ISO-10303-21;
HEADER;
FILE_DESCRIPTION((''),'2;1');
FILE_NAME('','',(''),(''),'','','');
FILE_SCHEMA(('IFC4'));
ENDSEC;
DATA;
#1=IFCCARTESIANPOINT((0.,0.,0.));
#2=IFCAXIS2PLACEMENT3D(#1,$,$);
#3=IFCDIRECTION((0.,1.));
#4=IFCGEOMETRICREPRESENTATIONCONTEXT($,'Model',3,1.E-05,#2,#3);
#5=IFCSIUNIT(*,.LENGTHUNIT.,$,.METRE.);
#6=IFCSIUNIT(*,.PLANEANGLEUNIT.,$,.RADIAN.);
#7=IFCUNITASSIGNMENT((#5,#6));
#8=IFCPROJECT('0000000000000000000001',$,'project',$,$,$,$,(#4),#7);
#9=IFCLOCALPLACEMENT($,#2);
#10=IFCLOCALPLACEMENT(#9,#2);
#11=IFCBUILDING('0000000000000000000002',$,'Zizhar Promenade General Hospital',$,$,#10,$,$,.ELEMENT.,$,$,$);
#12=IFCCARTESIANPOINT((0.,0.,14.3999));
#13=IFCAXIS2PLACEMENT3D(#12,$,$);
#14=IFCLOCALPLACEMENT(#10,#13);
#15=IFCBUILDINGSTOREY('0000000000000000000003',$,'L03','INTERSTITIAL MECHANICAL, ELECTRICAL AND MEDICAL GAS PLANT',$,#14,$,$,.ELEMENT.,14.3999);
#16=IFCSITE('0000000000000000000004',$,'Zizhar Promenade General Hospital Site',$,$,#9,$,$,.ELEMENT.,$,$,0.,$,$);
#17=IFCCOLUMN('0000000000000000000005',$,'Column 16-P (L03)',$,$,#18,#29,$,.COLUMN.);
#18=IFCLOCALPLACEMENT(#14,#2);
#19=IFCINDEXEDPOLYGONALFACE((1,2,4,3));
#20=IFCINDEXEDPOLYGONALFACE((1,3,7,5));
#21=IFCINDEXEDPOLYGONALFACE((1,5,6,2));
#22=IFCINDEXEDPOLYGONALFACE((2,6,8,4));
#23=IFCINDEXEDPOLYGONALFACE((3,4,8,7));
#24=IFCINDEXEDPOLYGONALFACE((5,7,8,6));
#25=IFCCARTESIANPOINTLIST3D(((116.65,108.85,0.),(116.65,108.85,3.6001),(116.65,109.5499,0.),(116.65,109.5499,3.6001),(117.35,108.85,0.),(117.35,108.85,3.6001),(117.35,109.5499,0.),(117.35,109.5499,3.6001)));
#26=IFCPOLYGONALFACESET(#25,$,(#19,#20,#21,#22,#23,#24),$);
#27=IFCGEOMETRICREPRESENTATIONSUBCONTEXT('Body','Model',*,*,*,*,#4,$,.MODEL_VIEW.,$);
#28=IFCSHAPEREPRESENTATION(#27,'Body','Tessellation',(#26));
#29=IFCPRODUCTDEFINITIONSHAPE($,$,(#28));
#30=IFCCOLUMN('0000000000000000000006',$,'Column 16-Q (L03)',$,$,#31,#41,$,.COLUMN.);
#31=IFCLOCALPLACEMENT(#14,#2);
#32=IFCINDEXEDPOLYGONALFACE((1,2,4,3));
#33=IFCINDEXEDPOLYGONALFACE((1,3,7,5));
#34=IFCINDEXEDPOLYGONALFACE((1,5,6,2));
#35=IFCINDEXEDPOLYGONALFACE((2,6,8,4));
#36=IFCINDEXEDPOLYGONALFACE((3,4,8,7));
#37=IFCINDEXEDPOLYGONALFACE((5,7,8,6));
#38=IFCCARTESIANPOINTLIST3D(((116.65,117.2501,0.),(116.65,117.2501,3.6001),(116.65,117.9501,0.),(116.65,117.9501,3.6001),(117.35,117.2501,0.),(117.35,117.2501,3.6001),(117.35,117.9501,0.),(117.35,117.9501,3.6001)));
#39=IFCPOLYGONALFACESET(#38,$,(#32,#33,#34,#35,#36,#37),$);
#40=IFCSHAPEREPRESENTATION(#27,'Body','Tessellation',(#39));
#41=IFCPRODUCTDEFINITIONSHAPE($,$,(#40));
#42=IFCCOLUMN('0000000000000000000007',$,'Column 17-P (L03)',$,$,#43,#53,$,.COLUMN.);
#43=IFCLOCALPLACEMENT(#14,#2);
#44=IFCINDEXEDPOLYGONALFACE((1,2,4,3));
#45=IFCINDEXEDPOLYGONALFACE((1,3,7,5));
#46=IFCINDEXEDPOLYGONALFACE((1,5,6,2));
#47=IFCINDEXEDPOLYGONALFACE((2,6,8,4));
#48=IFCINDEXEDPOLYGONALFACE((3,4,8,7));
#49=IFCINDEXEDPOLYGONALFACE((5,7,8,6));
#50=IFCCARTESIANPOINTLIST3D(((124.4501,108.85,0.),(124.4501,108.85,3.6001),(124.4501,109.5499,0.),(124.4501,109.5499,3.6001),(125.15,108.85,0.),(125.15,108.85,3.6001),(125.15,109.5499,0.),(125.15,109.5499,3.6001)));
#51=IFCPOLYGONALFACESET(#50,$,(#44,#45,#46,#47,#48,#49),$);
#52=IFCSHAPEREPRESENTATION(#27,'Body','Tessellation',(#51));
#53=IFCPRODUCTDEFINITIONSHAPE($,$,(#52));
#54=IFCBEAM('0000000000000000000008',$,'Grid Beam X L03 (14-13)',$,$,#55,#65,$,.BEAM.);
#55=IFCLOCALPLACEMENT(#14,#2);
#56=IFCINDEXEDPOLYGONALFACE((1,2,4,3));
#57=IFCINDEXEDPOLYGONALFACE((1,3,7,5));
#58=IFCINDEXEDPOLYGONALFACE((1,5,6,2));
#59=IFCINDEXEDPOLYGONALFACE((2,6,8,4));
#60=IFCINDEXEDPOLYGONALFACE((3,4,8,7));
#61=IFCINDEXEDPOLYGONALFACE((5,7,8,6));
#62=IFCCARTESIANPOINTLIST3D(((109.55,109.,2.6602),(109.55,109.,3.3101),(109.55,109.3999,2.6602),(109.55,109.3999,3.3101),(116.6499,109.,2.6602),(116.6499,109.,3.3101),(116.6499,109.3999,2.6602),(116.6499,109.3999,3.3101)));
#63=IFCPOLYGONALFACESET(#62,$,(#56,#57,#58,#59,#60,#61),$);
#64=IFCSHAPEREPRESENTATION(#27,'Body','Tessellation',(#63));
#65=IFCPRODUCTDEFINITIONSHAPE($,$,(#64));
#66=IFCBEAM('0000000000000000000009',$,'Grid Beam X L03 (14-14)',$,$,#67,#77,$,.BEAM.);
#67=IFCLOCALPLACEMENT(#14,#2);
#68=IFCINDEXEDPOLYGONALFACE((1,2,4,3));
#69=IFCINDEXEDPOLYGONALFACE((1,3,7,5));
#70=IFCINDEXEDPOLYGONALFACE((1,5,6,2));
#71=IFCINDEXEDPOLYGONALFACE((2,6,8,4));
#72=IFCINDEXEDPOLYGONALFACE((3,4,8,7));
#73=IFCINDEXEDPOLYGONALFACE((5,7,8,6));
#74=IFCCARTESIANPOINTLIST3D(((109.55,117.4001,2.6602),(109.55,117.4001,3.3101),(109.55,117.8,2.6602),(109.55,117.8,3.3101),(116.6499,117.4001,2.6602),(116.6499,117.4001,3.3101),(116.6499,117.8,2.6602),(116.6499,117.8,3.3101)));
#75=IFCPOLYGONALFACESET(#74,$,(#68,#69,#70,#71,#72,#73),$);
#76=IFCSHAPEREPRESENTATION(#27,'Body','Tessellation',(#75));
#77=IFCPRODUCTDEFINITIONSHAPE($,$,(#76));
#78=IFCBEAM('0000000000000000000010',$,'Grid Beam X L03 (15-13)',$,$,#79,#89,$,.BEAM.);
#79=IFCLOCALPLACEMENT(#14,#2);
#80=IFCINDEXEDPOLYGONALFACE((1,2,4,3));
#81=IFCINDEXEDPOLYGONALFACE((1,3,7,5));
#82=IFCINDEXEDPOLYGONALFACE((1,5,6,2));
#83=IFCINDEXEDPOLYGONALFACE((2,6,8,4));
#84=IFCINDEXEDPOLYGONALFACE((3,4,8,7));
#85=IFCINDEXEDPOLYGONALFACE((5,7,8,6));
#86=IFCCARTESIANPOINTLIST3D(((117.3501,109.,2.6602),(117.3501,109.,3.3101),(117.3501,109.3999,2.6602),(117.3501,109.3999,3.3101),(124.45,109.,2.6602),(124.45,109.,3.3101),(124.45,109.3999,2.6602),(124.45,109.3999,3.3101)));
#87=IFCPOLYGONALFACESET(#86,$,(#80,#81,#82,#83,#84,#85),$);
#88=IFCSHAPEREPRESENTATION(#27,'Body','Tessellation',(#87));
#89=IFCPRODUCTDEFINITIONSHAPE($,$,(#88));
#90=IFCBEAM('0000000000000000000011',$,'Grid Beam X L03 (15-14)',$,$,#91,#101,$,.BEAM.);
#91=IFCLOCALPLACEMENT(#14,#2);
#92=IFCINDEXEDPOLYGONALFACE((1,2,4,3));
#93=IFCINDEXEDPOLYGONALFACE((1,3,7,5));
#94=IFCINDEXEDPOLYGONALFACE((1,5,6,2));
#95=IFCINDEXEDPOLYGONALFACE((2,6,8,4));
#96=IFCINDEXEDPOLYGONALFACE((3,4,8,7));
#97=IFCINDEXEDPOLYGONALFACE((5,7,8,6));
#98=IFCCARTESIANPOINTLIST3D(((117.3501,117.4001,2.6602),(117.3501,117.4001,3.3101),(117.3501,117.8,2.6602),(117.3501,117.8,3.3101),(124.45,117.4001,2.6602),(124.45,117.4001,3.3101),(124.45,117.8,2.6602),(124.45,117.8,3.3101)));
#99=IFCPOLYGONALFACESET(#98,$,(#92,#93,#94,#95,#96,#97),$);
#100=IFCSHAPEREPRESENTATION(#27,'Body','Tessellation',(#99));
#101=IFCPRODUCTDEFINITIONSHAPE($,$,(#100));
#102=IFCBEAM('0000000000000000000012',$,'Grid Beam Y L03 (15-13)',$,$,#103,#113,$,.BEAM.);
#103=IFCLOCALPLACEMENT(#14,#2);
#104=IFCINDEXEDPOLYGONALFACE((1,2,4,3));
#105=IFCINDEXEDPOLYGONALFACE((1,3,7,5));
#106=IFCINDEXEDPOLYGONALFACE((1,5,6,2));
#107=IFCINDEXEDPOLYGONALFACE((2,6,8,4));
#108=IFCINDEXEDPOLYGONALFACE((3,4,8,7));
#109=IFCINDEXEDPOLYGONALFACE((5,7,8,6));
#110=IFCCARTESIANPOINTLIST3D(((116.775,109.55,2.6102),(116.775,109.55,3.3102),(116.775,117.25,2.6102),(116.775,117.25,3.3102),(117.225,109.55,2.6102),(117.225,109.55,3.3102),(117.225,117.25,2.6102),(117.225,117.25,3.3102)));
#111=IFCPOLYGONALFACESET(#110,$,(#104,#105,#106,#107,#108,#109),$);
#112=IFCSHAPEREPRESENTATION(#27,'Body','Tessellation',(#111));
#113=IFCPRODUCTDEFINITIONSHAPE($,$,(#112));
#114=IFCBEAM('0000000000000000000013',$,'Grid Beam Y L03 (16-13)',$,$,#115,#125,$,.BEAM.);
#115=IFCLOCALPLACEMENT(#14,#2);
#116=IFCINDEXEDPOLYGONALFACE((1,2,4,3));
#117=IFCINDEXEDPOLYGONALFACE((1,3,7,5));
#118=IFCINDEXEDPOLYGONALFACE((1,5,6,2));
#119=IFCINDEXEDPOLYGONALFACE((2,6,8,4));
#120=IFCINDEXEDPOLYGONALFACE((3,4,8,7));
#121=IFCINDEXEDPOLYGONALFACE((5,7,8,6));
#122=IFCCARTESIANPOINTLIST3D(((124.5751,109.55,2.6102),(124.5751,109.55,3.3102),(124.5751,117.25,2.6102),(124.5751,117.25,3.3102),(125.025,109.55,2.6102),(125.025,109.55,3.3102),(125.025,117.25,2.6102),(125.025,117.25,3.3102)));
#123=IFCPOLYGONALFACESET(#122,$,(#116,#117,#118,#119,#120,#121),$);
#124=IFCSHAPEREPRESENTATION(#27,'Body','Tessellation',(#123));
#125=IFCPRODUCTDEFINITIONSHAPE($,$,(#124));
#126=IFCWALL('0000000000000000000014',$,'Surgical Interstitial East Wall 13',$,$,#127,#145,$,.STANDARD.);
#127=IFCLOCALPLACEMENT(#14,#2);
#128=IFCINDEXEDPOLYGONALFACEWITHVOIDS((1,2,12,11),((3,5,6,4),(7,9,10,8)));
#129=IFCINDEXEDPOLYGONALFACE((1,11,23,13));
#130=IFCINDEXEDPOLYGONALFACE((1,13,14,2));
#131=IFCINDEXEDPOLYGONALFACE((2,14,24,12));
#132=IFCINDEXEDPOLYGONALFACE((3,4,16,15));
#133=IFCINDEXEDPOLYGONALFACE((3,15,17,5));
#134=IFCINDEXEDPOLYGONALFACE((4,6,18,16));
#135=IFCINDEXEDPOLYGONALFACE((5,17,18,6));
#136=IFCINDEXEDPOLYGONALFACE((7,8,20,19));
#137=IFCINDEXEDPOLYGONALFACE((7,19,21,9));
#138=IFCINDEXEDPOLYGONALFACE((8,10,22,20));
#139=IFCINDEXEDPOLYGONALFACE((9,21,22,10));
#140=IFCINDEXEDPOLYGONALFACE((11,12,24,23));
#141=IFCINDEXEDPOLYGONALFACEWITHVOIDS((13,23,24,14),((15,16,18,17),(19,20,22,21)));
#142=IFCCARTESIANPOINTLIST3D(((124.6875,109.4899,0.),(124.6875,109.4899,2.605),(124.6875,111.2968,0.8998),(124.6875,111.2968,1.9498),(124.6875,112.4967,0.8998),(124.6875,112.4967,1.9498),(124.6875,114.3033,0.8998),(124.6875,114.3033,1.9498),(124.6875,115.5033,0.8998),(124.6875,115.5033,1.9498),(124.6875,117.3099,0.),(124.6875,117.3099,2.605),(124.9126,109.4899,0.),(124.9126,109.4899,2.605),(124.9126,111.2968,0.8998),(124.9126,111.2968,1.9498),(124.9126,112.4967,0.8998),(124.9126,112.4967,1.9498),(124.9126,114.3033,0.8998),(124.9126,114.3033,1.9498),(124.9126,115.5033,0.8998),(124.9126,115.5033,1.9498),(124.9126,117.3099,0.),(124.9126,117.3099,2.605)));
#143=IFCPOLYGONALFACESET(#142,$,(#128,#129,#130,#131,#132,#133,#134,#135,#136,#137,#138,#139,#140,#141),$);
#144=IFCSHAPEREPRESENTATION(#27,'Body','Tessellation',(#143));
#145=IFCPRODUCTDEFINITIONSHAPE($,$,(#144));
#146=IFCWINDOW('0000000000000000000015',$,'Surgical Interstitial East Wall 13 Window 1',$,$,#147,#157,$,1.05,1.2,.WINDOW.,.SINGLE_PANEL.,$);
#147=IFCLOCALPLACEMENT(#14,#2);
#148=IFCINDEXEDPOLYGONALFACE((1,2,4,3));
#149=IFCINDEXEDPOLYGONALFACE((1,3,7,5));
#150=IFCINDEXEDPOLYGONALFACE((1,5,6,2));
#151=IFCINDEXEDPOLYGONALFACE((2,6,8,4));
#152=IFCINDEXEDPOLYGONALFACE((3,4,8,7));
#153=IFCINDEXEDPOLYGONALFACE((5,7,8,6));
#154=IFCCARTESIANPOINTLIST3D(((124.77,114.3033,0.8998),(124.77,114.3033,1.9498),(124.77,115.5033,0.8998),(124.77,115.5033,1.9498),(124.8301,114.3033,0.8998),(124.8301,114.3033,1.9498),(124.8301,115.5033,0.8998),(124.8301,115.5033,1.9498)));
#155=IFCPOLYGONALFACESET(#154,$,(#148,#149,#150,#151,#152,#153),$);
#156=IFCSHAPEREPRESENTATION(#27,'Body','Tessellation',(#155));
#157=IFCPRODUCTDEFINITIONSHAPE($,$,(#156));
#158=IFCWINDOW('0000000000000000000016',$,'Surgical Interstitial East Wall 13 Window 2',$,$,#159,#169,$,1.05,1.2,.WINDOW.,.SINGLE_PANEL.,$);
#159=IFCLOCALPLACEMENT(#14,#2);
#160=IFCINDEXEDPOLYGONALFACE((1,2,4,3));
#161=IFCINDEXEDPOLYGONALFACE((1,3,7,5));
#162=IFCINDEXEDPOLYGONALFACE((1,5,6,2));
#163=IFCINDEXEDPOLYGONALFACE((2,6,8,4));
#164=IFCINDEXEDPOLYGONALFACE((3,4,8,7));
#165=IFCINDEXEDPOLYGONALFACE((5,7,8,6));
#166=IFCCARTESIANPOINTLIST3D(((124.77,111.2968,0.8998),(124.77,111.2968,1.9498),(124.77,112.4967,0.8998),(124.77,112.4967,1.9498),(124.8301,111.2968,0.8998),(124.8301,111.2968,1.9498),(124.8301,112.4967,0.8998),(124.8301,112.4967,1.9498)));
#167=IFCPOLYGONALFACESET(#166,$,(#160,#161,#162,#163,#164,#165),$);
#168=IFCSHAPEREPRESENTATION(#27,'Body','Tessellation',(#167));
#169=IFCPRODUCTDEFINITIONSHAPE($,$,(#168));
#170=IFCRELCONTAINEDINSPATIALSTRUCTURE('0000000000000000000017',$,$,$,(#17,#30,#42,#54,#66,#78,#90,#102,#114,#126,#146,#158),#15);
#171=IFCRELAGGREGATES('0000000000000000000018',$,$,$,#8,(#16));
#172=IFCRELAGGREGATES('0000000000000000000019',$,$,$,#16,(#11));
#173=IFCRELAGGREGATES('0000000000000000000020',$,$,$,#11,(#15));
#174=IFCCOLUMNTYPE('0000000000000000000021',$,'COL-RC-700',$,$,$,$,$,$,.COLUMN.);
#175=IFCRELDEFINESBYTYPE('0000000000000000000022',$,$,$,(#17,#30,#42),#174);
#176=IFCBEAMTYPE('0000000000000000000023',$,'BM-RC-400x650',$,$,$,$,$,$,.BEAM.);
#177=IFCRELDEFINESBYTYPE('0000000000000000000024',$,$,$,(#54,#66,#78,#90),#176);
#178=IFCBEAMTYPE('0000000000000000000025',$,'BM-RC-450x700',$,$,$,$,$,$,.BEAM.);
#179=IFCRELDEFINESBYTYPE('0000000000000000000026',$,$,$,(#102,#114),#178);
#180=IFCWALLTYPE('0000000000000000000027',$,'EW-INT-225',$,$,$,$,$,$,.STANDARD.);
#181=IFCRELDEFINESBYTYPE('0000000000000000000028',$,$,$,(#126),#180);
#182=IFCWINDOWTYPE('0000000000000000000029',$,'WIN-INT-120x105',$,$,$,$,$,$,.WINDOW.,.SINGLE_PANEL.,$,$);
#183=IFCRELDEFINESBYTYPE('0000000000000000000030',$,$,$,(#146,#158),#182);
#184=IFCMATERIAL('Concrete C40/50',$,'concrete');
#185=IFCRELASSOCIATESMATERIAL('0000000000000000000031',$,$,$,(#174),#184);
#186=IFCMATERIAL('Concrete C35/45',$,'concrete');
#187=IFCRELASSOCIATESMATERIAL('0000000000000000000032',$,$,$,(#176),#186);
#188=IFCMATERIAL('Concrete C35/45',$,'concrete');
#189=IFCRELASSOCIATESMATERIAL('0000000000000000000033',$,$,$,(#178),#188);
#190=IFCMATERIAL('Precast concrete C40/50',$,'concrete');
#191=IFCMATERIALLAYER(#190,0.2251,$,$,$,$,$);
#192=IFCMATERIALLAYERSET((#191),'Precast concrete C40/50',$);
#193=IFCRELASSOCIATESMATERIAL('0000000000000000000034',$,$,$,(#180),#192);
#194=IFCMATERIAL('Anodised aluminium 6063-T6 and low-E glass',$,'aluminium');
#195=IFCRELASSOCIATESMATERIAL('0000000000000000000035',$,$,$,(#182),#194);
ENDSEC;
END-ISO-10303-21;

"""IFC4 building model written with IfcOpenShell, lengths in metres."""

from ifc_helpers import new_model, si_unit, direction, frame, frame_2d, origin, origin_2d, place, context, subcontext, project, spatial, rectangle, extrude, material, layer, layer_set, material_profile, profile_set, type_object, element, fill, save


model = new_model("IFC4")

# Units and contexts
model_context = context("Model", 3, precision=1e-05, world=origin(), true_north=direction((0.0, 1.0)))
body_context = subcontext(model_context, "Body", "Model", "MODEL_VIEW")
ifc_project = project(units=[si_unit("LENGTHUNIT", "METRE"), si_unit("PLANEANGLEUNIT", "RADIAN")], contexts=[model_context])

# Site, building, storey
site_placement = place(None, origin())
site = spatial("IfcSite", under=ifc_project, at=site_placement, Name="Zizhar Promenade General Hospital Site", CompositionType="ELEMENT", RefElevation=0.0)
building_placement = place(site_placement, origin())
building = spatial("IfcBuilding", under=site, at=building_placement, Name="Zizhar Promenade General Hospital", CompositionType="ELEMENT")
storey_placement = place(building_placement, frame((0.0, 0.0, 14.3999)))
storey = spatial("IfcBuildingStorey", under=building, at=storey_placement, Name="L03", Description="INTERSTITIAL MECHANICAL, ELECTRICAL AND MEDICAL GAS PLANT", CompositionType="ELEMENT", Elevation=14.3999)

# Columns
ifc_material_1 = material(Name="Concrete C40/50", Category="concrete")
ifc_material_profile_1 = material_profile(ifc_material_1, rectangle(XDim=0.7, YDim=0.7, at=origin_2d()))
ifc_profile_set_1 = profile_set([ifc_material_profile_1], Name="Concrete C40/50")
column_type = type_object("IfcColumnType", Name="COL-RC-700", PredefinedType="COLUMN", material=ifc_profile_set_1)
for number, where, z_axis, x_axis, name in (
    (1, (117.0, 109.2, 0.0), (0.0, 0.0, 1.0), (1.0, 0.0, 0.0), "Column 16-P (L03)"),
    (2, (117.0, 117.6001, 0.0), (0.0, 0.0, 1.0), (1.0, 0.0, 0.0), "Column 16-Q (L03)"),
    (3, (124.8, 109.2, 0.0), (0.0, 0.0, 1.0), (1.0, 0.0, 0.0), "Column 17-P (L03)"),
):
    element("IfcColumn", number, at=place(storey_placement, frame(where, z_axis=z_axis, x_axis=x_axis)), inside=storey, type_object=column_type, Name=name, PredefinedType="COLUMN", context=body_context, shape_type="SweptSolid", body=[
        extrude(rectangle(XDim=0.7, YDim=0.7, at=origin_2d()), origin(), (0.0, 0.0, 1.0), 3.6001),
    ])

# Beams
ifc_material_2 = material(Name="Concrete C35/45", Category="concrete")
ifc_material_profile_2 = material_profile(ifc_material_2, rectangle(XDim=0.3999, YDim=0.6499, at=origin_2d()))
ifc_profile_set_2 = profile_set([ifc_material_profile_2], Name="Concrete C35/45")
beam_type_1 = type_object("IfcBeamType", Name="BM-RC-400x650", PredefinedType="BEAM", material=ifc_profile_set_2)
for number, where, z_axis, x_axis, name in (
    (4, (109.55, 109.2, 2.9851), (1.0, 0.0, 0.0), (0.0, 1.0, 0.0), "Grid Beam X L03 (14-13)"),
    (5, (109.55, 117.6001, 2.9851), (1.0, 0.0, 0.0), (0.0, 1.0, 0.0), "Grid Beam X L03 (14-14)"),
    (6, (117.3501, 109.2, 2.9851), (1.0, 0.0, 0.0), (0.0, 1.0, 0.0), "Grid Beam X L03 (15-13)"),
    (7, (117.3501, 117.6001, 2.9851), (1.0, 0.0, 0.0), (0.0, 1.0, 0.0), "Grid Beam X L03 (15-14)"),
):
    element("IfcBeam", number, at=place(storey_placement, frame(where, z_axis=z_axis, x_axis=x_axis)), inside=storey, type_object=beam_type_1, Name=name, PredefinedType="BEAM", context=body_context, shape_type="SweptSolid", body=[
        extrude(rectangle(XDim=0.3999, YDim=0.6499, at=origin_2d()), origin(), (0.0, 0.0, 1.0), 7.0999),
    ])
ifc_material_3 = material(Name="Concrete C35/45", Category="concrete")
ifc_material_profile_3 = material_profile(ifc_material_3, rectangle(XDim=0.45, YDim=0.7, at=origin_2d()))
ifc_profile_set_3 = profile_set([ifc_material_profile_3], Name="Concrete C35/45")
beam_type_2 = type_object("IfcBeamType", Name="BM-RC-450x700", PredefinedType="BEAM", material=ifc_profile_set_3)
for number, where, z_axis, x_axis, name in (
    (8, (117.0, 109.55, 2.9602), (0.0, 1.0, 0.0), (-1.0, 0.0, 0.0), "Grid Beam Y L03 (15-13)"),
    (9, (124.8, 109.55, 2.9602), (0.0, 1.0, 0.0), (-1.0, 0.0, 0.0), "Grid Beam Y L03 (16-13)"),
):
    element("IfcBeam", number, at=place(storey_placement, frame(where, z_axis=z_axis, x_axis=x_axis)), inside=storey, type_object=beam_type_2, Name=name, PredefinedType="BEAM", context=body_context, shape_type="SweptSolid", body=[
        extrude(rectangle(XDim=0.45, YDim=0.7, at=origin_2d()), origin(), (0.0, 0.0, 1.0), 7.7),
    ])

# Wall, openings, windows
ifc_material_4 = material(Name="Precast concrete C40/50", Category="concrete")
ifc_layer_1 = layer(ifc_material_4, 0.2251)
ifc_layer_set_1 = layer_set([ifc_layer_1], Name="Precast concrete C40/50")
wall_type_1 = type_object("IfcWallType", Name="EW-INT-225", PredefinedType="STANDARD", material=ifc_layer_set_1)
wall_1_placement = place(storey_placement, frame((124.8, 117.3101, 0.0), z_axis=(0.0, 0.0, 1.0), x_axis=(0.0, -1.0, 0.0)))
wall_1 = element("IfcWall", 10, at=wall_1_placement, inside=storey, type_object=wall_type_1, Name="Surgical Interstitial East Wall 13", PredefinedType="STANDARD", context=body_context, shape_type="SweptSolid", body=[
    extrude(rectangle(XDim=7.8201, YDim=0.2251, at=frame_2d((3.9102, 0.0))), origin(), (0.0, 0.0, 1.0), 2.605),
])
opening_1_placement = place(wall_1_placement, frame((1.8066, 0.0, 0.8999)))
opening_1 = element("IfcOpeningElement", 11, at=opening_1_placement, cuts=wall_1, PredefinedType="OPENING", context=body_context, shape_type="SweptSolid", body=[
    extrude(rectangle(XDim=1.2, YDim=1.05, at=frame_2d((0.6001, 0.5249))), frame((0.0, 0.1226, 0.0), z_axis=(0.0, -1.0, 0.0), x_axis=(1.0, 0.0, 0.0)), (0.0, 0.0, 1.0), 0.2451),
])
opening_2_placement = place(wall_1_placement, frame((4.8132, 0.0, 0.8999)))
opening_2 = element("IfcOpeningElement", 12, at=opening_2_placement, cuts=wall_1, PredefinedType="OPENING", context=body_context, shape_type="SweptSolid", body=[
    extrude(rectangle(XDim=1.2, YDim=1.05, at=frame_2d((0.6001, 0.5249))), frame((0.0, 0.1226, 0.0), z_axis=(0.0, -1.0, 0.0), x_axis=(1.0, 0.0, 0.0)), (0.0, 0.0, 1.0), 0.2451),
])
ifc_material_5 = material(Name="Anodised aluminium 6063-T6 and low-E glass", Category="aluminium")
window_type = type_object("IfcWindowType", Name="WIN-INT-120x105", PartitioningType="SINGLE_PANEL", PredefinedType="WINDOW", material=ifc_material_5)
window_1_placement = place(opening_1_placement, origin())
window_1 = element("IfcWindow", 13, at=window_1_placement, inside=storey, type_object=window_type, Name="Surgical Interstitial East Wall 13 Window 1", OverallHeight=1.05, OverallWidth=1.2, PartitioningType="SINGLE_PANEL", PredefinedType="WINDOW", context=body_context, shape_type="SweptSolid", body=[
    extrude(rectangle(XDim=1.2, YDim=1.05, at=frame_2d((0.6001, 0.5249))), frame((0.0, 0.03, 0.0), z_axis=(0.0, -1.0, 0.0), x_axis=(1.0, 0.0, 0.0)), (0.0, 0.0, 1.0), 0.0601),
])
fill(opening_1, window_1)
window_2_placement = place(opening_2_placement, origin())
window_2 = element("IfcWindow", 14, at=window_2_placement, inside=storey, type_object=window_type, Name="Surgical Interstitial East Wall 13 Window 2", OverallHeight=1.05, OverallWidth=1.2, PartitioningType="SINGLE_PANEL", PredefinedType="WINDOW", context=body_context, shape_type="SweptSolid", body=[
    extrude(rectangle(XDim=1.2, YDim=1.05, at=frame_2d((0.6001, 0.5249))), frame((0.0, 0.03, 0.0), z_axis=(0.0, -1.0, 0.0), x_axis=(1.0, 0.0, 0.0)), (0.0, 0.0, 1.0), 0.0601),
])
fill(opening_2, window_2)

save(model, "model.ifc")
